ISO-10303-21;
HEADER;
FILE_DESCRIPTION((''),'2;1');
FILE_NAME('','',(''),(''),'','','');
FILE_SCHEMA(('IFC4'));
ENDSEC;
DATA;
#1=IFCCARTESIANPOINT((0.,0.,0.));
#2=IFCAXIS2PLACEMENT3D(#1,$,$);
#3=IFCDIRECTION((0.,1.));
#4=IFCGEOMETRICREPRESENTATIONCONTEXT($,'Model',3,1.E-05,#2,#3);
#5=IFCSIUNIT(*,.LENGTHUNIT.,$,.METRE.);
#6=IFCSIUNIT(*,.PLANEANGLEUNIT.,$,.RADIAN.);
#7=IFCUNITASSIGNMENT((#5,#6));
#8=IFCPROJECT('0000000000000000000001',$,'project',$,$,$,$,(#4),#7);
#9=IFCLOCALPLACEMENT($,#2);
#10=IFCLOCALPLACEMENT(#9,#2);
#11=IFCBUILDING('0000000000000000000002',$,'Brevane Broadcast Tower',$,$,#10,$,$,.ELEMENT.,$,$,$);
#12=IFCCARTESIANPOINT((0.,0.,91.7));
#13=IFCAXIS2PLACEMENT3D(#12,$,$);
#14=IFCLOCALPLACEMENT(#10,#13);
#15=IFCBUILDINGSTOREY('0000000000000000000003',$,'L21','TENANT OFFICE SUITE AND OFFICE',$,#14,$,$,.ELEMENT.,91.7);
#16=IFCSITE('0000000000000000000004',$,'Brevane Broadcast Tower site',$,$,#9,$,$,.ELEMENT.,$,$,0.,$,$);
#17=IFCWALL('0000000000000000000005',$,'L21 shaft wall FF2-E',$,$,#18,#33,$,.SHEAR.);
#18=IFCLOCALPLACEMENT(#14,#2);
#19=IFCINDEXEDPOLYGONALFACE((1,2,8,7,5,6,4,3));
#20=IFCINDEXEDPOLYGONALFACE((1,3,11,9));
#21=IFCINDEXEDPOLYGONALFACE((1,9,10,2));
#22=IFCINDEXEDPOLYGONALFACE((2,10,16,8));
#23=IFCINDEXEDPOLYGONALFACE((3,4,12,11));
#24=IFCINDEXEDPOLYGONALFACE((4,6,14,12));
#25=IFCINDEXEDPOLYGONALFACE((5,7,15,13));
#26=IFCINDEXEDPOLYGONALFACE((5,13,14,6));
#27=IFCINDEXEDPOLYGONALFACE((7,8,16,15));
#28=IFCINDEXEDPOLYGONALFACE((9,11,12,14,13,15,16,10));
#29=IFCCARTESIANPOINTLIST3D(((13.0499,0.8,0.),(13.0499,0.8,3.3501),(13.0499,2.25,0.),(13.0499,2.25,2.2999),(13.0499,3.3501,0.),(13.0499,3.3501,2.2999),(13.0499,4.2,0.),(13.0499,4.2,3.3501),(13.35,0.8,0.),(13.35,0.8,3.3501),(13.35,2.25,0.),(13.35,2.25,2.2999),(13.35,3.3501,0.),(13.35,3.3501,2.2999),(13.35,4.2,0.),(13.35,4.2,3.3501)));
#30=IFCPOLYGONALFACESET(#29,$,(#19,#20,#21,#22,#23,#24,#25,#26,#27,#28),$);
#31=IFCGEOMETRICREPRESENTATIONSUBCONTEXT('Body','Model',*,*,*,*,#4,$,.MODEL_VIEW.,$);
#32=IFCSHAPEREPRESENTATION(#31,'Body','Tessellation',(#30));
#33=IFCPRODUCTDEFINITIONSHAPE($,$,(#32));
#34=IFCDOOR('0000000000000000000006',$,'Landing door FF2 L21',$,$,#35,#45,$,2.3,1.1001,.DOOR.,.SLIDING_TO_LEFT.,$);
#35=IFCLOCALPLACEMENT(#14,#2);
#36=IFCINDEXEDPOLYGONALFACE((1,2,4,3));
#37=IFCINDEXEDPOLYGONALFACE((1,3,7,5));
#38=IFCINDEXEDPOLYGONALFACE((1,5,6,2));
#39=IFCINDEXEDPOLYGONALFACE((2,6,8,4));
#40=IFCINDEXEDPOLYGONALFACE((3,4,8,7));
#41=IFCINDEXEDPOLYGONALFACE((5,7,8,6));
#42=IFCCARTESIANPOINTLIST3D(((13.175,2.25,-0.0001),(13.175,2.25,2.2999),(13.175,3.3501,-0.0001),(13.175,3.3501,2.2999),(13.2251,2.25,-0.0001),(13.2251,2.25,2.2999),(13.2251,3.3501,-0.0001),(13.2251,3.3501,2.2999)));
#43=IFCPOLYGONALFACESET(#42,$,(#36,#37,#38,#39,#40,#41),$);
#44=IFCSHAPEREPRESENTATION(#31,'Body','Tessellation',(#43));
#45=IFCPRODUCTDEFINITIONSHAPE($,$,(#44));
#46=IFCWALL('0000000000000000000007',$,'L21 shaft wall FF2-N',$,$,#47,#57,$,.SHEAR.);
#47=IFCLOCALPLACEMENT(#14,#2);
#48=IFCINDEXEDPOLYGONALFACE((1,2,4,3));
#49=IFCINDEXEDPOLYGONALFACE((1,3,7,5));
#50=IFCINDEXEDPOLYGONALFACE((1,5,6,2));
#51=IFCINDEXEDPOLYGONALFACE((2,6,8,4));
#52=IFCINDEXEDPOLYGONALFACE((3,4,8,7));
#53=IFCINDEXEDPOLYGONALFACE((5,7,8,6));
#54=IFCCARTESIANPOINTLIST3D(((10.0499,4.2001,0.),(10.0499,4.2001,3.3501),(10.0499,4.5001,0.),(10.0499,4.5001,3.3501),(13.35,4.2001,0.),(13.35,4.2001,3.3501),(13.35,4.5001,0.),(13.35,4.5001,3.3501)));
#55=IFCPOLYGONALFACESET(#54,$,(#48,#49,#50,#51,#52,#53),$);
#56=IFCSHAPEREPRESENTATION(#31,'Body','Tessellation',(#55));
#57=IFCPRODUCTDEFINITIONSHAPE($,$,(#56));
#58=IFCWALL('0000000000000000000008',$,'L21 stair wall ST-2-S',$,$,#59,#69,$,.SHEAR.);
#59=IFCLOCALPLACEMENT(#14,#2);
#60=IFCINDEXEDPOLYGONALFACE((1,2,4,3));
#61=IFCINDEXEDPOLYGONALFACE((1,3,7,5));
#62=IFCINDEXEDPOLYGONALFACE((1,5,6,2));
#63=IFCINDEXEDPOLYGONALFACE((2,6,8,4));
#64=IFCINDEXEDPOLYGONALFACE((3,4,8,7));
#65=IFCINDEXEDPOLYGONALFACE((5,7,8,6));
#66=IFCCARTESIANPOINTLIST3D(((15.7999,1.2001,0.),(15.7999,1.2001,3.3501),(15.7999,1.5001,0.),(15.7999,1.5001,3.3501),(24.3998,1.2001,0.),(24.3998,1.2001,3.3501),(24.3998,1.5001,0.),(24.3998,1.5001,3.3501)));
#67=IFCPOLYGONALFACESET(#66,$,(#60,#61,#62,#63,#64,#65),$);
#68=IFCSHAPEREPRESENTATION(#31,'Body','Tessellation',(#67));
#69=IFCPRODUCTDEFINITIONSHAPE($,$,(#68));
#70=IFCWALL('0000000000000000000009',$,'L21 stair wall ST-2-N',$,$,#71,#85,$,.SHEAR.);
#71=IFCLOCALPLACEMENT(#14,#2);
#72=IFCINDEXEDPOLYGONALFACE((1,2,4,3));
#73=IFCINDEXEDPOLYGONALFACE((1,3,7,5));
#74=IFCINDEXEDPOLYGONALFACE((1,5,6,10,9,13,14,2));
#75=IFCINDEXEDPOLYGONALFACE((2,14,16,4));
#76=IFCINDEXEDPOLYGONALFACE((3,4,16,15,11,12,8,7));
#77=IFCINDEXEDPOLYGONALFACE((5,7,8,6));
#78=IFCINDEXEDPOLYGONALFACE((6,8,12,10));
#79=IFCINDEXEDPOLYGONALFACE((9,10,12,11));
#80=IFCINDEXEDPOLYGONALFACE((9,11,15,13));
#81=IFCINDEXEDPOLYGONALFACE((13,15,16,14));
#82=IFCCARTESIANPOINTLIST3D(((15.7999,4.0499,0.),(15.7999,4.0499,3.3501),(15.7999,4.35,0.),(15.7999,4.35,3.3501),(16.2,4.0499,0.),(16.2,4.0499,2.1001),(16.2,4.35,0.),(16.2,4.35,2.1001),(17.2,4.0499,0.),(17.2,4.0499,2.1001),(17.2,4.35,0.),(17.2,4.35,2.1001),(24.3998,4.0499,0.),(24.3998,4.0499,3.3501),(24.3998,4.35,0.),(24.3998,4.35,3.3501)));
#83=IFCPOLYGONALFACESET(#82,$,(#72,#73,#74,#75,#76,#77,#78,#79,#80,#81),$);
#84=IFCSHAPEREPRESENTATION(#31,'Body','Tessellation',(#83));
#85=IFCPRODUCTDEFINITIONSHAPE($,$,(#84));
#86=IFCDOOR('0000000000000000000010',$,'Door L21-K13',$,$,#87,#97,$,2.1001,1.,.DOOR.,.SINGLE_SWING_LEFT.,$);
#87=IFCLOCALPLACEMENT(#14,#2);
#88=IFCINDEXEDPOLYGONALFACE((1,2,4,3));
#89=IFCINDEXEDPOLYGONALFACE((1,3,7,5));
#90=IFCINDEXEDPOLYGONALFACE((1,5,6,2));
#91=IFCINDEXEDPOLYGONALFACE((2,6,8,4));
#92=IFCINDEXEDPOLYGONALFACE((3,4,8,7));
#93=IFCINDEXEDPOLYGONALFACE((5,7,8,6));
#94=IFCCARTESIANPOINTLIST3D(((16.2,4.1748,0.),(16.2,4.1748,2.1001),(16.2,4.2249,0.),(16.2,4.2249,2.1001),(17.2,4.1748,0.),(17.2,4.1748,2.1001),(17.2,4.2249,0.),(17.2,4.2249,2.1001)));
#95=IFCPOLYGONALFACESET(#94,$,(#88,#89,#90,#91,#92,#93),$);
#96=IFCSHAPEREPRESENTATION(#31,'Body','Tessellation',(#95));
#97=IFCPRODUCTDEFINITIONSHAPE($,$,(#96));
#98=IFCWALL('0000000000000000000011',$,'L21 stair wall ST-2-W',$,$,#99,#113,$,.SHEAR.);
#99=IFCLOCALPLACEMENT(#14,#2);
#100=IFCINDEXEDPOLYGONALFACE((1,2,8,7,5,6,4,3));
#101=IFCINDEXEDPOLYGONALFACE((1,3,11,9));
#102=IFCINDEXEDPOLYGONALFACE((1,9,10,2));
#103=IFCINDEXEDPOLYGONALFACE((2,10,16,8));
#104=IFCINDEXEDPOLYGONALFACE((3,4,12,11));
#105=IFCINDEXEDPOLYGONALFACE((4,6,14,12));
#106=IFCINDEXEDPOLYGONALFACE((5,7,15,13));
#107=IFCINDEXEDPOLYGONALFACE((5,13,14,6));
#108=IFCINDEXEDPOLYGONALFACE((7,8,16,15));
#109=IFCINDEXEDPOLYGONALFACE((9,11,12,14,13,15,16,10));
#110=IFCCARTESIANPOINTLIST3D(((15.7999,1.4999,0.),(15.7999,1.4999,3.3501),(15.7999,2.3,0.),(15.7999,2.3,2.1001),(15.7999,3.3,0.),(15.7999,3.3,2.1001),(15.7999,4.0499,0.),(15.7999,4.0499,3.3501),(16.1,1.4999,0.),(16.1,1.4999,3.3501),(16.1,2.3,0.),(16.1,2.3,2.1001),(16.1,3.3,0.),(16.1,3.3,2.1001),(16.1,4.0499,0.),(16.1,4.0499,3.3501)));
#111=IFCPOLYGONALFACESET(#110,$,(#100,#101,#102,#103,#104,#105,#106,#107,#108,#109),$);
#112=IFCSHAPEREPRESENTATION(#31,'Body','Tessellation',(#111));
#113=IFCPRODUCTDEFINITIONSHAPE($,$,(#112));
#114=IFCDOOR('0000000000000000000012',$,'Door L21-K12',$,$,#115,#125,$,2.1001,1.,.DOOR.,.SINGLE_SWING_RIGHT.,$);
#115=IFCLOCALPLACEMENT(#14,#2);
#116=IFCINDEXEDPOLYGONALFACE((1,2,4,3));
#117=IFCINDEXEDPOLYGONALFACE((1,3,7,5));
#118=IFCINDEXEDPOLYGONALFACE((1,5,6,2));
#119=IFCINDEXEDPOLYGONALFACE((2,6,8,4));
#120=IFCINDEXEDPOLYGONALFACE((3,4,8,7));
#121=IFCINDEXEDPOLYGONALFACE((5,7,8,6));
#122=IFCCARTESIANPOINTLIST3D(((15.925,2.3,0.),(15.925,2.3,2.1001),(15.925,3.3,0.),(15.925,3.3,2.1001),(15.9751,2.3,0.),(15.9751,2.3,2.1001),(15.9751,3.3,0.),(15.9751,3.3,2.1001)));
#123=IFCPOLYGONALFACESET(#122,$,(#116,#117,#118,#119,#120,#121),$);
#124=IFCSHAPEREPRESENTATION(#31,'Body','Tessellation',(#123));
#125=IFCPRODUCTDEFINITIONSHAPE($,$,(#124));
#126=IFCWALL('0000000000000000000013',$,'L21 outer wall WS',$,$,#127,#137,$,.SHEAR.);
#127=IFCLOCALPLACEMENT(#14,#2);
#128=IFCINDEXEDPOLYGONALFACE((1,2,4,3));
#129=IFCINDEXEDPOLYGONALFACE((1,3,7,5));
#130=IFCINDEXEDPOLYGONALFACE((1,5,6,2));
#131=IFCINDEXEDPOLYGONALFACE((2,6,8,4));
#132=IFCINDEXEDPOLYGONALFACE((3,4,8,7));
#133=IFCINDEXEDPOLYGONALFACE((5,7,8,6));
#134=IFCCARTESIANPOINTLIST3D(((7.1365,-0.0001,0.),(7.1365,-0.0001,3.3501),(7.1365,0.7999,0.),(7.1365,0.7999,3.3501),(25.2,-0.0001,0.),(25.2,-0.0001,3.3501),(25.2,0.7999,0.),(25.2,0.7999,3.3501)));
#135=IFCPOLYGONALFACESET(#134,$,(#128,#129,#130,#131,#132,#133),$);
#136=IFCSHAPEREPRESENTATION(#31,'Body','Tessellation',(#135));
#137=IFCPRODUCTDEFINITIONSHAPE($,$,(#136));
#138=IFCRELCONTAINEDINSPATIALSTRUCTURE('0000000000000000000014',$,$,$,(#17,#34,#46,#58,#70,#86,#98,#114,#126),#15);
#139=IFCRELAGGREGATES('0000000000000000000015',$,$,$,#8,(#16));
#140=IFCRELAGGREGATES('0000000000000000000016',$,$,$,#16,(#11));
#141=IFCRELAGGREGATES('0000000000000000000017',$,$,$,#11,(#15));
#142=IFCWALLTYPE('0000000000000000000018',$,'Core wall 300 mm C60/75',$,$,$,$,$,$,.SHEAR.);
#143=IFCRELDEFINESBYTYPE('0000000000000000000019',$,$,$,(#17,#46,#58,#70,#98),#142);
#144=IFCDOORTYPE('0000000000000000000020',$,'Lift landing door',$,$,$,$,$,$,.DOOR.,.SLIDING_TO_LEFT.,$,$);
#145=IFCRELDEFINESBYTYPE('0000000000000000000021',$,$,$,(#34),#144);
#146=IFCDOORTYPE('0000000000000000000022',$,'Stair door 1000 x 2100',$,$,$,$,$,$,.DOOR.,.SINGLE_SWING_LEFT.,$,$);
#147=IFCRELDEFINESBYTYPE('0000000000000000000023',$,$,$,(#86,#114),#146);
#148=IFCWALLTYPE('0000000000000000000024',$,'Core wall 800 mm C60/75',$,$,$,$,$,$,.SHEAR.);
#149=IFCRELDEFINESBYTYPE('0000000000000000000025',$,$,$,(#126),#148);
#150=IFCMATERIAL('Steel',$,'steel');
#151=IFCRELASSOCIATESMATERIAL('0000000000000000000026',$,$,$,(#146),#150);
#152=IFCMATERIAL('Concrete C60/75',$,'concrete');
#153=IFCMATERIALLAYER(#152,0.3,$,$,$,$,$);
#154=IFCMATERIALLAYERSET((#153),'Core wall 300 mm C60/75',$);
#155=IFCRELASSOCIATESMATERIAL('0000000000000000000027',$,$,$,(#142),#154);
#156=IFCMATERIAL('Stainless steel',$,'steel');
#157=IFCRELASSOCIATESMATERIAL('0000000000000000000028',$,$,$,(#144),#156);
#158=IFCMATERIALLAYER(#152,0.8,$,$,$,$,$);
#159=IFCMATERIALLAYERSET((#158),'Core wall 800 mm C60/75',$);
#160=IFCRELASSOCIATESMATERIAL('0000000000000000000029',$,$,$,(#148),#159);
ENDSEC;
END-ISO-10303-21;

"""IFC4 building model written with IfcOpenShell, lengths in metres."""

from ifc_helpers import new_model, si_unit, direction, frame, frame_2d, origin, place, context, subcontext, project, spatial, rectangle, extrude, material, layer, layer_set, type_object, element, fill, save


model = new_model("IFC4")

# Units and contexts
model_context = context("Model", 3, precision=1e-05, world=origin(), true_north=direction((0.0, 1.0)))
body_context = subcontext(model_context, "Body", "Model", "MODEL_VIEW")
ifc_project = project(units=[si_unit("LENGTHUNIT", "METRE"), si_unit("PLANEANGLEUNIT", "RADIAN")], contexts=[model_context])

# Site, building, storey
site_placement = place(None, origin())
site = spatial("IfcSite", under=ifc_project, at=site_placement, Name="Brevane Broadcast Tower site", CompositionType="ELEMENT", RefElevation=0.0)
building_placement = place(site_placement, origin())
building = spatial("IfcBuilding", under=site, at=building_placement, Name="Brevane Broadcast Tower", CompositionType="ELEMENT")
storey_placement = place(building_placement, frame((0.0, 0.0, 91.7)))
storey = spatial("IfcBuildingStorey", under=building, at=storey_placement, Name="L21", Description="TENANT OFFICE SUITE AND OFFICE", CompositionType="ELEMENT", Elevation=91.7)

# Shared definitions
ifc_material_1 = material(Name="Steel", Category="steel")
door_type_1 = type_object("IfcDoorType", Name="Stair door 1000 x 2100", OperationType="SINGLE_SWING_LEFT", PredefinedType="DOOR", material=ifc_material_1)

# Shared definitions
ifc_material_2 = material(Name="Concrete C60/75", Category="concrete")
ifc_layer_1 = layer(ifc_material_2, 0.3)
ifc_layer_set_1 = layer_set([ifc_layer_1], Name="Core wall 300 mm C60/75")
wall_type_1 = type_object("IfcWallType", Name="Core wall 300 mm C60/75", PredefinedType="SHEAR", material=ifc_layer_set_1)

# Wall, opening, door
wall_1_placement = place(storey_placement, frame((13.2, 0.8, 0.0), z_axis=(0.0, 0.0, 1.0), x_axis=(0.0, 1.0, 0.0)))
wall_1 = element("IfcWall", 1, at=wall_1_placement, inside=storey, type_object=wall_type_1, Name="L21 shaft wall FF2-E", PredefinedType="SHEAR", context=body_context, shape_type="SweptSolid", body=[
    extrude(rectangle(XDim=3.3999, YDim=0.3, at=frame_2d((1.7, 0.0))), origin(), (0.0, 0.0, 1.0), 3.3501),
])
opening_1_placement = place(wall_1_placement, frame((1.45, 0.0, 0.0)))
opening_1 = element("IfcOpeningElement", 2, at=opening_1_placement, cuts=wall_1, PredefinedType="OPENING", context=body_context, shape_type="SweptSolid", body=[
    extrude(rectangle(XDim=1.1001, YDim=2.3, at=frame_2d((0.55, 1.1499))), frame((0.0, 0.1599, 0.0), z_axis=(0.0, -1.0, 0.0), x_axis=(1.0, 0.0, 0.0)), (0.0, 0.0, 1.0), 0.3201),
])
ifc_material_3 = material(Name="Stainless steel", Category="steel")
door_type_2 = type_object("IfcDoorType", Name="Lift landing door", OperationType="SLIDING_TO_LEFT", PredefinedType="DOOR", material=ifc_material_3)
door_1_placement = place(opening_1_placement, origin())
door_1 = element("IfcDoor", 3, at=door_1_placement, inside=storey, type_object=door_type_2, Name="Landing door FF2 L21", OperationType="SLIDING_TO_LEFT", OverallHeight=2.3, OverallWidth=1.1001, PredefinedType="DOOR", context=body_context, shape_type="SweptSolid", body=[
    extrude(rectangle(XDim=1.1001, YDim=2.3, at=frame_2d((0.55, 1.1499))), frame((0.0, 0.0249, 0.0), z_axis=(0.0, -1.0, 0.0), x_axis=(1.0, 0.0, 0.0)), (0.0, 0.0, 1.0), 0.05),
])
fill(opening_1, door_1)

# Walls
wall_2_placement = place(storey_placement, frame((10.05, 4.3501, 0.0), z_axis=(0.0, 0.0, 1.0), x_axis=(1.0, 0.0, 0.0)))
element("IfcWall", 4, at=wall_2_placement, inside=storey, type_object=wall_type_1, Name="L21 shaft wall FF2-N", PredefinedType="SHEAR", context=body_context, shape_type="SweptSolid", body=[
    extrude(rectangle(XDim=3.3, YDim=0.3, at=frame_2d((1.6499, 0.0))), origin(), (0.0, 0.0, 1.0), 3.3501),
])
wall_3_placement = place(storey_placement, frame((15.8, 1.3501, 0.0), z_axis=(0.0, 0.0, 1.0), x_axis=(1.0, 0.0, 0.0)))
element("IfcWall", 5, at=wall_3_placement, inside=storey, type_object=wall_type_1, Name="L21 stair wall ST-2-S", PredefinedType="SHEAR", context=body_context, shape_type="SweptSolid", body=[
    extrude(rectangle(XDim=8.5999, YDim=0.3, at=frame_2d((4.2998, 0.0))), origin(), (0.0, 0.0, 1.0), 3.3501),
])

# Walls, openings, doors
wall_4_placement = place(storey_placement, frame((15.8, 4.2, 0.0), z_axis=(0.0, 0.0, 1.0), x_axis=(1.0, 0.0, 0.0)))
wall_4 = element("IfcWall", 6, at=wall_4_placement, inside=storey, type_object=wall_type_1, Name="L21 stair wall ST-2-N", PredefinedType="SHEAR", context=body_context, shape_type="SweptSolid", body=[
    extrude(rectangle(XDim=8.5999, YDim=0.3, at=frame_2d((4.2998, 0.0))), origin(), (0.0, 0.0, 1.0), 3.3501),
])
opening_2_placement = place(wall_4_placement, frame((0.3999, 0.0, 0.0)))
opening_2 = element("IfcOpeningElement", 7, at=opening_2_placement, cuts=wall_4, PredefinedType="OPENING", context=body_context, shape_type="SweptSolid", body=[
    extrude(rectangle(XDim=1.0, YDim=2.1001, at=frame_2d((0.5, 1.05))), frame((0.0, 0.1599, 0.0), z_axis=(0.0, -1.0, 0.0), x_axis=(1.0, 0.0, 0.0)), (0.0, 0.0, 1.0), 0.3201),
])
door_2_placement = place(opening_2_placement, origin())
door_2 = element("IfcDoor", 8, at=door_2_placement, inside=storey, type_object=door_type_1, Name="Door L21-K13", OperationType="SINGLE_SWING_LEFT", OverallHeight=2.1001, OverallWidth=1.0, PredefinedType="DOOR", context=body_context, shape_type="SweptSolid", body=[
    extrude(rectangle(XDim=1.0, YDim=2.1001, at=frame_2d((0.5, 1.05))), frame((0.0, 0.0249, 0.0), z_axis=(0.0, -1.0, 0.0), x_axis=(1.0, 0.0, 0.0)), (0.0, 0.0, 1.0), 0.05),
])
fill(opening_2, door_2)
wall_5_placement = place(storey_placement, frame((15.95, 1.5, 0.0), z_axis=(0.0, 0.0, 1.0), x_axis=(0.0, 1.0, 0.0)))
wall_5 = element("IfcWall", 9, at=wall_5_placement, inside=storey, type_object=wall_type_1, Name="L21 stair wall ST-2-W", PredefinedType="SHEAR", context=body_context, shape_type="SweptSolid", body=[
    extrude(rectangle(XDim=2.55, YDim=0.3, at=frame_2d((1.2749, 0.0))), origin(), (0.0, 0.0, 1.0), 3.3501),
])
opening_3_placement = place(wall_5_placement, frame((0.8, 0.0, 0.0)))
opening_3 = element("IfcOpeningElement", 10, at=opening_3_placement, cuts=wall_5, PredefinedType="OPENING", context=body_context, shape_type="SweptSolid", body=[
    extrude(rectangle(XDim=1.0, YDim=2.1001, at=frame_2d((0.5, 1.05))), frame((0.0, 0.1599, 0.0), z_axis=(0.0, -1.0, 0.0), x_axis=(1.0, 0.0, 0.0)), (0.0, 0.0, 1.0), 0.3201),
])
door_3_placement = place(opening_3_placement, origin())
door_3 = element("IfcDoor", 11, at=door_3_placement, inside=storey, type_object=door_type_1, Name="Door L21-K12", OperationType="SINGLE_SWING_RIGHT", OverallHeight=2.1001, OverallWidth=1.0, PredefinedType="DOOR", context=body_context, shape_type="SweptSolid", body=[
    extrude(rectangle(XDim=1.0, YDim=2.1001, at=frame_2d((0.5, 1.05))), frame((0.0, 0.0249, 0.0), z_axis=(0.0, -1.0, 0.0), x_axis=(1.0, 0.0, 0.0)), (0.0, 0.0, 1.0), 0.05),
])
fill(opening_3, door_3)

# Wall
ifc_layer_2 = layer(ifc_material_2, 0.8)
ifc_layer_set_2 = layer_set([ifc_layer_2], Name="Core wall 800 mm C60/75")
wall_type_2 = type_object("IfcWallType", Name="Core wall 800 mm C60/75", PredefinedType="SHEAR", material=ifc_layer_set_2)
wall_6_placement = place(storey_placement, frame((7.1365, 0.3999, 0.0), z_axis=(0.0, 0.0, 1.0), x_axis=(1.0, 0.0, 0.0)))
element("IfcWall", 12, at=wall_6_placement, inside=storey, type_object=wall_type_2, Name="L21 outer wall WS", PredefinedType="SHEAR", context=body_context, shape_type="SweptSolid", body=[
    extrude(rectangle(XDim=18.0635, YDim=0.8, at=frame_2d((9.0317, 0.0))), origin(), (0.0, 0.0, 1.0), 3.3501),
])

save(model, "model.ifc")
